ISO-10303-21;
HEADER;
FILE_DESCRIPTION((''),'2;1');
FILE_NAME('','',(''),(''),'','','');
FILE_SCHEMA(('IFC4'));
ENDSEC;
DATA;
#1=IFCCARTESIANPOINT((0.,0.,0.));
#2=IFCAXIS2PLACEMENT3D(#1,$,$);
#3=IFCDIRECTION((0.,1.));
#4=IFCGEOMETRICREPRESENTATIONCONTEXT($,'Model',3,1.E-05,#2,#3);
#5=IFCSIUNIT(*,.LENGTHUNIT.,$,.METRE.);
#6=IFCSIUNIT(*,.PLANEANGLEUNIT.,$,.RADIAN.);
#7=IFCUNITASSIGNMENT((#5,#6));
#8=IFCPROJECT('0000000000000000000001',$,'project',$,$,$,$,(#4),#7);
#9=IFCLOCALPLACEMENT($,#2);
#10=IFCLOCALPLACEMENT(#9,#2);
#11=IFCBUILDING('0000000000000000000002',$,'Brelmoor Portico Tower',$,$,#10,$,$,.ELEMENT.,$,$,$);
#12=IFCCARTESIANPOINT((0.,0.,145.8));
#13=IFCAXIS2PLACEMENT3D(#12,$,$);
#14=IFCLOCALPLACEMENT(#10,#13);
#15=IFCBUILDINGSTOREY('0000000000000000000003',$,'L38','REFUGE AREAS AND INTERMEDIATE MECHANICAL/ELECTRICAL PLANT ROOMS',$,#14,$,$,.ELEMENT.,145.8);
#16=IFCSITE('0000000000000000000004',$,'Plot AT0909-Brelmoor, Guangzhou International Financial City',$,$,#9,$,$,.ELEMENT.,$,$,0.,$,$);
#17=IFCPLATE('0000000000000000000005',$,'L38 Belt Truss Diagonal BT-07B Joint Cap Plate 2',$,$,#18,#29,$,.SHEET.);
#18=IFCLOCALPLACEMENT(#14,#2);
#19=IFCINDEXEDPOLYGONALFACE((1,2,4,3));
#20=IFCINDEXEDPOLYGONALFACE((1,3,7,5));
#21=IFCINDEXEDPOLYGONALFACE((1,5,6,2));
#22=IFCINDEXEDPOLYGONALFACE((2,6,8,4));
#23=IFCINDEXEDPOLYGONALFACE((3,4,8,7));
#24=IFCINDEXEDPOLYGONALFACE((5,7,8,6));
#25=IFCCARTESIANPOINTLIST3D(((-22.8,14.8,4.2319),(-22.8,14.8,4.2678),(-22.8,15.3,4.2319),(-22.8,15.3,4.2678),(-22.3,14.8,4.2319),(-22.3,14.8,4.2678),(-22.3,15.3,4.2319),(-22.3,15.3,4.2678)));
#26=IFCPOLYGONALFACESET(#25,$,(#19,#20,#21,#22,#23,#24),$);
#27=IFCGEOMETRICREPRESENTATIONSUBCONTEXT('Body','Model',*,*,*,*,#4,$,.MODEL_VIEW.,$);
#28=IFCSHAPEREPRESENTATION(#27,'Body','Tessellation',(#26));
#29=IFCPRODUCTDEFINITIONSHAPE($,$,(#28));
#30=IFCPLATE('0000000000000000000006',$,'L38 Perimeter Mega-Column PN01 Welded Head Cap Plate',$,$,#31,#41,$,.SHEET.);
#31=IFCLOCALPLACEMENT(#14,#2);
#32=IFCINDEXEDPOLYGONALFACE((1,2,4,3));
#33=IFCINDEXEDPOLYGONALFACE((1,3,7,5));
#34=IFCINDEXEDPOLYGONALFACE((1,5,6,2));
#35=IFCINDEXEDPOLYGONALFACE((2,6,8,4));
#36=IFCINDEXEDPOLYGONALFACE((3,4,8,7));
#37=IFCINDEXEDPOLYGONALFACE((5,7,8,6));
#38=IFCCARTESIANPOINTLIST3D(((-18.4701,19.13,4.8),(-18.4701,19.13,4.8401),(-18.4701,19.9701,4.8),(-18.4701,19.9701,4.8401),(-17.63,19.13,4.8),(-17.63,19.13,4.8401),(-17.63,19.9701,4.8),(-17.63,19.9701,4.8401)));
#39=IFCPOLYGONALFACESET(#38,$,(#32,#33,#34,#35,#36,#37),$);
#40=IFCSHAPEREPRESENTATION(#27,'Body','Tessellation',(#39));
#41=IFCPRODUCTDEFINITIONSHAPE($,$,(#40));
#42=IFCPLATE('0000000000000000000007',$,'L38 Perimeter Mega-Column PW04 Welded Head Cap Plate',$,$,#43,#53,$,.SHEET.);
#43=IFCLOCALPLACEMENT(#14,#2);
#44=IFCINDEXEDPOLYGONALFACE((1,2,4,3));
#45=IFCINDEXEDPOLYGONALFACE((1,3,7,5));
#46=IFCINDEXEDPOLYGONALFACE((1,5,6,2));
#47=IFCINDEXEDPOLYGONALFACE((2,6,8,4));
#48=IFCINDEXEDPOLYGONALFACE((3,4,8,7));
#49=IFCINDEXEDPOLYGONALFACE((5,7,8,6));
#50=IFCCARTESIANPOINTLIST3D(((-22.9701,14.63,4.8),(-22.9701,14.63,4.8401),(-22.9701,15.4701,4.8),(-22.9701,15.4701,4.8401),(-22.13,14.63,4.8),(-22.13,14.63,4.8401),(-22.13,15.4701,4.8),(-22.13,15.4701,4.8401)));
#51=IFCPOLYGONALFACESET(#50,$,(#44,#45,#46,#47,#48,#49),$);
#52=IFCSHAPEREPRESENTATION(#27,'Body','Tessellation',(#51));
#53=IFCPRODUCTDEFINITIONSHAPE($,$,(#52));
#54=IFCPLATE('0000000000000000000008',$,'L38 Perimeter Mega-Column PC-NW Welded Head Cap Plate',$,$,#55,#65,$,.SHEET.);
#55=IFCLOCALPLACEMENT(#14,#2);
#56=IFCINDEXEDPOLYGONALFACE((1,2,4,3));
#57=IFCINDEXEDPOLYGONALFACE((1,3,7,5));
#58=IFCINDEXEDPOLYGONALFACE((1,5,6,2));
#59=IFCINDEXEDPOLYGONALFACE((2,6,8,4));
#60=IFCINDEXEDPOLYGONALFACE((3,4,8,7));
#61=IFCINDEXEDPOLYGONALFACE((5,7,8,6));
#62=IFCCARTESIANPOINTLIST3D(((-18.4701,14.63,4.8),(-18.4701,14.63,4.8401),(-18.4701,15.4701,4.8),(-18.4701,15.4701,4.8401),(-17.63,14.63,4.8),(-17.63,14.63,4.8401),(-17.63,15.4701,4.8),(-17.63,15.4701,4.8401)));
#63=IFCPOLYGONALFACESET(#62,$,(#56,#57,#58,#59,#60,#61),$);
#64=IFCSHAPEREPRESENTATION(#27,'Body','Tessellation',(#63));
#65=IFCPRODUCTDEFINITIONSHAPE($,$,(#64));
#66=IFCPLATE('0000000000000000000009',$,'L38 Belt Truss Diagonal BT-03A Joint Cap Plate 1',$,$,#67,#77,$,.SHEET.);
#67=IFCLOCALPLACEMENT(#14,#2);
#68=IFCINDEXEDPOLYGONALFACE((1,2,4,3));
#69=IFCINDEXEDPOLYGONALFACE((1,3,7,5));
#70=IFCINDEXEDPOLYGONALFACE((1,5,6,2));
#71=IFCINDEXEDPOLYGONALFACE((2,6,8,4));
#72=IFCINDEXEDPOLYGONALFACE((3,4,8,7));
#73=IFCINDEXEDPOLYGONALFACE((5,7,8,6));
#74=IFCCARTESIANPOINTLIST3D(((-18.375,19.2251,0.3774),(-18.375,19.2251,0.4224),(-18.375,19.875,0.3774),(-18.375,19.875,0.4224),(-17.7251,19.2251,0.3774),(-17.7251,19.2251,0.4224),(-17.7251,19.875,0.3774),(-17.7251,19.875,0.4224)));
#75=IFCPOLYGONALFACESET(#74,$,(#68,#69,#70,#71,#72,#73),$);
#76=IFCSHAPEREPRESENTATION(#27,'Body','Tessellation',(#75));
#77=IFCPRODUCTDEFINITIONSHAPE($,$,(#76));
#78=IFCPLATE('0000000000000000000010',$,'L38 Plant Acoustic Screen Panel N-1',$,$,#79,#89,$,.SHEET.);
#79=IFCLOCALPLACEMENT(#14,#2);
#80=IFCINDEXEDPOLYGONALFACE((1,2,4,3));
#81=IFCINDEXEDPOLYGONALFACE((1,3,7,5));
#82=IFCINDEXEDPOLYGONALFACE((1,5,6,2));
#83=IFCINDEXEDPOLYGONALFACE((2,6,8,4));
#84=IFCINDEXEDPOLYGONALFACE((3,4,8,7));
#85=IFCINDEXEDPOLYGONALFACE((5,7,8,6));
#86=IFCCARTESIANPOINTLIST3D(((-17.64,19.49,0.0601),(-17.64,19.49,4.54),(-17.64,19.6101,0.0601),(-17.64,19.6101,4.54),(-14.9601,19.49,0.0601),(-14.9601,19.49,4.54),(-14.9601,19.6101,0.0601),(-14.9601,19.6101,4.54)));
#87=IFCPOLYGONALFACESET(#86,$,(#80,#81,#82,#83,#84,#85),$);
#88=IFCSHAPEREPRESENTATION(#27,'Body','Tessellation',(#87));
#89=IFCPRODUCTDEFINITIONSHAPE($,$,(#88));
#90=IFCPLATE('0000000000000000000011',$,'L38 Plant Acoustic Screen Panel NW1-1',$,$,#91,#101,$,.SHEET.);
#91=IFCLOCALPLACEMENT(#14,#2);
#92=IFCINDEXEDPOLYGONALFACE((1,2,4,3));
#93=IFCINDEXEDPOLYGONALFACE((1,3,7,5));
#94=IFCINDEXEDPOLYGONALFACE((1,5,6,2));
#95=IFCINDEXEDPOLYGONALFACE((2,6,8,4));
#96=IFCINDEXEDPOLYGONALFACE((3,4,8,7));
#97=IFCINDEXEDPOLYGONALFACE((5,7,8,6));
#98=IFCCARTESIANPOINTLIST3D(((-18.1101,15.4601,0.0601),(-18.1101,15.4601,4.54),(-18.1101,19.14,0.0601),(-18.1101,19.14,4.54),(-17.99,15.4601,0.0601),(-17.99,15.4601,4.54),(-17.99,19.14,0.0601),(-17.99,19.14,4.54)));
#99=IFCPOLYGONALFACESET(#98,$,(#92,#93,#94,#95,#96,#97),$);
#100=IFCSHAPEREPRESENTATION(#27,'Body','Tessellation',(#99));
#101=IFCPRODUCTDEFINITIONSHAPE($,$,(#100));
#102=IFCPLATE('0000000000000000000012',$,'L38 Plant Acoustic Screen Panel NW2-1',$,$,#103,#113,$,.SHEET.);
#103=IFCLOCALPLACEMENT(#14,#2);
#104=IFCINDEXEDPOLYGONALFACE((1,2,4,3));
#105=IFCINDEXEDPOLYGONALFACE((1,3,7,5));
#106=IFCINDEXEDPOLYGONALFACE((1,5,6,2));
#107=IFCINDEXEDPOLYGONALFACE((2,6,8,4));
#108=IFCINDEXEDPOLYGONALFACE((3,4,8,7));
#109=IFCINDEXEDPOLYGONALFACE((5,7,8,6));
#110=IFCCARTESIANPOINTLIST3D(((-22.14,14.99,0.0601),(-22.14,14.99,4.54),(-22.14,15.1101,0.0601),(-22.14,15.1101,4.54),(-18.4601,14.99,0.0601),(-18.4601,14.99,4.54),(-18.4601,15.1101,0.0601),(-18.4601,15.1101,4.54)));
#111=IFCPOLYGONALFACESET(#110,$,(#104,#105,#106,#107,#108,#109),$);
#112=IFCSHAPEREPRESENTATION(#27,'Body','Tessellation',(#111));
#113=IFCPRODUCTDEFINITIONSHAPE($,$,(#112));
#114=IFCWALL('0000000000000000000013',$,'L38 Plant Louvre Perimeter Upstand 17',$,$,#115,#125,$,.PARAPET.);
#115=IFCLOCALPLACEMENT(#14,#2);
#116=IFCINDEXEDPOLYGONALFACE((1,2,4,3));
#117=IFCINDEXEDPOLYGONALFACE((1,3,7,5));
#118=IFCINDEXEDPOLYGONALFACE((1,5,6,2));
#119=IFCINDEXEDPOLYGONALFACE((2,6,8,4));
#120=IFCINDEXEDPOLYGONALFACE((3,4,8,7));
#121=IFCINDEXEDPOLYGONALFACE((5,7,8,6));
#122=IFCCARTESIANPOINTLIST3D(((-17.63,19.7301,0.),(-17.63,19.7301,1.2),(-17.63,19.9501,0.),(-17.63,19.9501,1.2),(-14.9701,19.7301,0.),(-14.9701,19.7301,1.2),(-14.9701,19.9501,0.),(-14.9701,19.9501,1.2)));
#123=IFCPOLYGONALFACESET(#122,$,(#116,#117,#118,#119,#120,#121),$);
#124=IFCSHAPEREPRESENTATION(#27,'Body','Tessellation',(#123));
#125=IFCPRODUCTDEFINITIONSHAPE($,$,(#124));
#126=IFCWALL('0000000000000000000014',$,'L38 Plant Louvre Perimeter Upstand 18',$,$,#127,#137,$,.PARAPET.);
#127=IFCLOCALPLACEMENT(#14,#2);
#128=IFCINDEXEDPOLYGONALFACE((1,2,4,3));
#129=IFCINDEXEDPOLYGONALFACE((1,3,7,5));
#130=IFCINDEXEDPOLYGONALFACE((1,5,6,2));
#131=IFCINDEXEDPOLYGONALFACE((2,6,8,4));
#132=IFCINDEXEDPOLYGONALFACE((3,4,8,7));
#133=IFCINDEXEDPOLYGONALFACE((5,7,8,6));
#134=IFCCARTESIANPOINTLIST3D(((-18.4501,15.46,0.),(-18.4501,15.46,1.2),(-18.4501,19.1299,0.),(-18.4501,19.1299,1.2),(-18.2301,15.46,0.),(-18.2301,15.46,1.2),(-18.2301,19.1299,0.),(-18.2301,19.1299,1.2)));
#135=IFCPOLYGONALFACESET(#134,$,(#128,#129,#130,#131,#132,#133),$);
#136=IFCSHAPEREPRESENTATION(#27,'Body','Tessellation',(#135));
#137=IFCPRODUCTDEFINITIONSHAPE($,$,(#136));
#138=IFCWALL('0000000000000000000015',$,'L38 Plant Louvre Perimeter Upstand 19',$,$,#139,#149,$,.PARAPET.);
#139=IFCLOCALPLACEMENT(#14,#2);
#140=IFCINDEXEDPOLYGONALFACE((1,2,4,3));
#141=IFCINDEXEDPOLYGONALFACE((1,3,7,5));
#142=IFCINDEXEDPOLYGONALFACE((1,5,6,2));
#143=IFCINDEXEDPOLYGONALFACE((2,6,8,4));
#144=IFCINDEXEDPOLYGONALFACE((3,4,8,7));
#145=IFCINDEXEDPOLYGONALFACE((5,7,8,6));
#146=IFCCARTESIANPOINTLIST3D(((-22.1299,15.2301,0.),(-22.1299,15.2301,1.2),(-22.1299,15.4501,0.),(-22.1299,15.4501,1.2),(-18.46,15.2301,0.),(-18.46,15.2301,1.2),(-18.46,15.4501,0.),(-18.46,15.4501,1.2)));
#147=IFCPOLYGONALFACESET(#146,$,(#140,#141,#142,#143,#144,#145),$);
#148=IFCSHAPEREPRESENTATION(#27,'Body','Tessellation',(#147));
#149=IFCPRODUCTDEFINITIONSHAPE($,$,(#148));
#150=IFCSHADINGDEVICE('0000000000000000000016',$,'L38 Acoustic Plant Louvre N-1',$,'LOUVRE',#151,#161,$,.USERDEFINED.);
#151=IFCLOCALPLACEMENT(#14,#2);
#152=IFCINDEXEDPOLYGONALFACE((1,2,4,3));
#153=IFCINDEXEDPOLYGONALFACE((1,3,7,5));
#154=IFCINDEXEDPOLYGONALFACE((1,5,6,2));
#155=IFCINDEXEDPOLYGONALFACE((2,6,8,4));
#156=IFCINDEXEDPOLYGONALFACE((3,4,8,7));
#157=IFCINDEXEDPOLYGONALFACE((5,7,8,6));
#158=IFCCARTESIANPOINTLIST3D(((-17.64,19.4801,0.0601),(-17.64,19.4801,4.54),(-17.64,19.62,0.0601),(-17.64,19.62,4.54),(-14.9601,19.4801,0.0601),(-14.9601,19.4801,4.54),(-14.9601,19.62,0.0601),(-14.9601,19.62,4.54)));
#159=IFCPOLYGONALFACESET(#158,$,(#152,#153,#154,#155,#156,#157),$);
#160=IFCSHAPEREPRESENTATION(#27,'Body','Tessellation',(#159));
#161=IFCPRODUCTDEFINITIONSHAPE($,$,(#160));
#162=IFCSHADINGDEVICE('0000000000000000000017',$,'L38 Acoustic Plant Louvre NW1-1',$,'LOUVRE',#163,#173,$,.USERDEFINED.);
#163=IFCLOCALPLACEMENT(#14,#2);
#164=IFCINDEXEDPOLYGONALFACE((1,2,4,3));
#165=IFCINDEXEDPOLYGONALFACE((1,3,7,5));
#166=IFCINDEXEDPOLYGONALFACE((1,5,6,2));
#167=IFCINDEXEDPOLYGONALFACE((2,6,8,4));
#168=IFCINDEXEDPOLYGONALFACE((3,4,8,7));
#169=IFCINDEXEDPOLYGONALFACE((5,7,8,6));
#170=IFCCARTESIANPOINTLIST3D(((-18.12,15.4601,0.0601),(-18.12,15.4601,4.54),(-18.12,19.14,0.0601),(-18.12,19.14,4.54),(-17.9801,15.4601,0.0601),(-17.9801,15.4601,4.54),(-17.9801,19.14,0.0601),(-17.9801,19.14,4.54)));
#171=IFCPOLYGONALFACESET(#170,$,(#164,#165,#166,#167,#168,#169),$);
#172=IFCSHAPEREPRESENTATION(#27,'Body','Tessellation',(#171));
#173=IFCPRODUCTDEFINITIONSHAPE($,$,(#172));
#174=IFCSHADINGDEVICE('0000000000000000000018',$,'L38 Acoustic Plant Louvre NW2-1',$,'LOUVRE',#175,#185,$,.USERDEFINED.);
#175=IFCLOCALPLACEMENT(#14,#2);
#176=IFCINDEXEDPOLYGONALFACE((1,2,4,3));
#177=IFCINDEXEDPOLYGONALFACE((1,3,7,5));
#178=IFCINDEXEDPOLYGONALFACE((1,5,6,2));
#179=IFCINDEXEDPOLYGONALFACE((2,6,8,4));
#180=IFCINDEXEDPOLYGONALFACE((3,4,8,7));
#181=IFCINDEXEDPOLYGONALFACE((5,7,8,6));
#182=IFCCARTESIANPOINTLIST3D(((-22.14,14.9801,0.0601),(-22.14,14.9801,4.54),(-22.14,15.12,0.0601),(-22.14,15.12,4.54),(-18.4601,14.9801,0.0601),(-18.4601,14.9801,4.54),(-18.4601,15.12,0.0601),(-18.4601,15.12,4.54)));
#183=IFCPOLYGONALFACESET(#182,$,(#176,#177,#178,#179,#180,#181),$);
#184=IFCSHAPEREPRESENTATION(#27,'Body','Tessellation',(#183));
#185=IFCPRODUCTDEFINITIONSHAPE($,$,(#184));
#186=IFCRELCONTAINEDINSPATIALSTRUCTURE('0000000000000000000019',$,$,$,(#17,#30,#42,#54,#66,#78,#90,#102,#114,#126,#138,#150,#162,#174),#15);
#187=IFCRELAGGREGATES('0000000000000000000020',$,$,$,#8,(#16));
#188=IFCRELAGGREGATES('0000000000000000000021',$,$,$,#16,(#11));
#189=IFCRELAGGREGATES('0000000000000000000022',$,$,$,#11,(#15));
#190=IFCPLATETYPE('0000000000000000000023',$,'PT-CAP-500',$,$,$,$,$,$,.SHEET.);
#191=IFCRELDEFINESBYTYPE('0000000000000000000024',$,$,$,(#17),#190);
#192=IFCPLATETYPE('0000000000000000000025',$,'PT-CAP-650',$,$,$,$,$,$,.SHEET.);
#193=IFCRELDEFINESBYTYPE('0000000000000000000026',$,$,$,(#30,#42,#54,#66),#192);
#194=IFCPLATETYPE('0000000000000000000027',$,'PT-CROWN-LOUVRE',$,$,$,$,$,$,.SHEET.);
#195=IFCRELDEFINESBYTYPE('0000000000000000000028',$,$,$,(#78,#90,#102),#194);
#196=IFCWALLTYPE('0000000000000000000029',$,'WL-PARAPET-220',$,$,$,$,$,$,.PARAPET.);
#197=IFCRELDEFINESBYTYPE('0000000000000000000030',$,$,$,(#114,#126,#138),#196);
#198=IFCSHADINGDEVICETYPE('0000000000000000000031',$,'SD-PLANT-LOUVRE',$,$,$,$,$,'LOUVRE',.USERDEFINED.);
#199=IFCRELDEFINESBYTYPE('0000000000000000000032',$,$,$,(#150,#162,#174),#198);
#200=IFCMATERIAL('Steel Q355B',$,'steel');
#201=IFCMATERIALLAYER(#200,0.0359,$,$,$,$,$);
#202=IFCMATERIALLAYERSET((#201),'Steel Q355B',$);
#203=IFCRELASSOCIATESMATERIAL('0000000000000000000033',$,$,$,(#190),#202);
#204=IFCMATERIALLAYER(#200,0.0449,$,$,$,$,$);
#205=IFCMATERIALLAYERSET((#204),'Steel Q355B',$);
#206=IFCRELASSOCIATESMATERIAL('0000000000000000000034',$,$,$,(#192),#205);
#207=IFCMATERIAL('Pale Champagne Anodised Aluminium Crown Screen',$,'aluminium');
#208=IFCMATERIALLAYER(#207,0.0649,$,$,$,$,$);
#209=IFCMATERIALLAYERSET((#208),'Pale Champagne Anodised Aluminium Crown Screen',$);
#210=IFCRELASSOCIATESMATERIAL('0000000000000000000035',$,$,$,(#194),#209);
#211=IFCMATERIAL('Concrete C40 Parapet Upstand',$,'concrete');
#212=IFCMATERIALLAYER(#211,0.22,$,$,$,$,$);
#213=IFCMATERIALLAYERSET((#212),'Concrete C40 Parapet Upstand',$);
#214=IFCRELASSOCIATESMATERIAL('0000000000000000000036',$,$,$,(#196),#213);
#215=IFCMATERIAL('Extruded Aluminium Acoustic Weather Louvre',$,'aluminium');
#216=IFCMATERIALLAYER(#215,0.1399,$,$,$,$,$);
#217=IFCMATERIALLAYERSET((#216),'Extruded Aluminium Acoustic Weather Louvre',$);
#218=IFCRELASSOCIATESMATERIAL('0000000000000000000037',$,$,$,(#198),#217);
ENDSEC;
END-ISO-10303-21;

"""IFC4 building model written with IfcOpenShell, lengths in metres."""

from ifc_helpers import new_model, si_unit, direction, frame, frame_2d, origin, origin_2d, place, context, subcontext, project, spatial, rectangle, extrude, material, layer, layer_set, type_object, element, save


model = new_model("IFC4")

# Units and contexts
model_context = context("Model", 3, precision=1e-05, world=origin(), true_north=direction((0.0, 1.0)))
body_context = subcontext(model_context, "Body", "Model", "MODEL_VIEW")
ifc_project = project(units=[si_unit("LENGTHUNIT", "METRE"), si_unit("PLANEANGLEUNIT", "RADIAN")], contexts=[model_context])

# Site, building, storey
site_placement = place(None, origin())
site = spatial("IfcSite", under=ifc_project, at=site_placement, Name="Plot AT0909-Brelmoor, Guangzhou International Financial City", CompositionType="ELEMENT", RefElevation=0.0)
building_placement = place(site_placement, origin())
building = spatial("IfcBuilding", under=site, at=building_placement, Name="Brelmoor Portico Tower", CompositionType="ELEMENT")
storey_placement = place(building_placement, frame((0.0, 0.0, 145.8)))
storey = spatial("IfcBuildingStorey", under=building, at=storey_placement, Name="L38", Description="REFUGE AREAS AND INTERMEDIATE MECHANICAL/ELECTRICAL PLANT ROOMS", CompositionType="ELEMENT", Elevation=145.8)

# Shared definitions
ifc_material_1 = material(Name="Steel Q355B", Category="steel")

# Plates
ifc_layer_1 = layer(ifc_material_1, 0.0359)
ifc_layer_set_1 = layer_set([ifc_layer_1], Name="Steel Q355B")
plate_type_1 = type_object("IfcPlateType", Name="PT-CAP-500", PredefinedType="SHEET", material=ifc_layer_set_1)
plate_1_placement = place(storey_placement, frame((-22.55, 15.05, 4.2319), z_axis=(0.0, 0.0, 1.0), x_axis=(1.0, 0.0, 0.0)))
element("IfcPlate", 1, at=plate_1_placement, inside=storey, type_object=plate_type_1, Name="L38 Belt Truss Diagonal BT-07B Joint Cap Plate 2", PredefinedType="SHEET", context=body_context, shape_type="SweptSolid", body=[
    extrude(rectangle(XDim=0.5, YDim=0.5, at=origin_2d()), origin(), (0.0, 0.0, 1.0), 0.0359),
])
ifc_layer_2 = layer(ifc_material_1, 0.0449)
ifc_layer_set_2 = layer_set([ifc_layer_2], Name="Steel Q355B")
plate_type_2 = type_object("IfcPlateType", Name="PT-CAP-650", PredefinedType="SHEET", material=ifc_layer_set_2)
for number, where, z_axis, x_axis, name in (
    (2, (-18.05, 19.55, 4.8), (0.0, 0.0, 1.0), (1.0, 0.0, 0.0), "L38 Perimeter Mega-Column PN01 Welded Head Cap Plate"),
    (3, (-22.55, 15.05, 4.8), (0.0, 0.0, 1.0), (0.0, 1.0, 0.0), "L38 Perimeter Mega-Column PW04 Welded Head Cap Plate"),
    (4, (-18.05, 15.05, 4.8), (0.0, 0.0, 1.0), (1.0, 0.0, 0.0), "L38 Perimeter Mega-Column PC-NW Welded Head Cap Plate"),
):
    element("IfcPlate", number, at=place(storey_placement, frame(where, z_axis=z_axis, x_axis=x_axis)), inside=storey, type_object=plate_type_2, Name=name, PredefinedType="SHEET", context=body_context, shape_type="SweptSolid", body=[
        extrude(rectangle(XDim=0.8401, YDim=0.8401, at=origin_2d()), origin(), (0.0, 0.0, 1.0), 0.04),
    ])
plate_2_placement = place(storey_placement, frame((-18.05, 19.55, 0.3774), z_axis=(0.0, 0.0, 1.0), x_axis=(1.0, 0.0, 0.0)))
element("IfcPlate", 5, at=plate_2_placement, inside=storey, type_object=plate_type_2, Name="L38 Belt Truss Diagonal BT-03A Joint Cap Plate 1", PredefinedType="SHEET", context=body_context, shape_type="SweptSolid", body=[
    extrude(rectangle(XDim=0.6499, YDim=0.6499, at=origin_2d()), origin(), (0.0, 0.0, 1.0), 0.0449),
])
ifc_material_2 = material(Name="Pale Champagne Anodised Aluminium Crown Screen", Category="aluminium")
ifc_layer_3 = layer(ifc_material_2, 0.0649)
ifc_layer_set_3 = layer_set([ifc_layer_3], Name="Pale Champagne Anodised Aluminium Crown Screen")
plate_type_3 = type_object("IfcPlateType", Name="PT-CROWN-LOUVRE", PredefinedType="SHEET", material=ifc_layer_set_3)
plate_3_placement = place(storey_placement, frame((-16.3, 19.55, 0.0601), z_axis=(0.0, 0.0, 1.0), x_axis=(1.0, 0.0, 0.0)))
element("IfcPlate", 6, at=plate_3_placement, inside=storey, type_object=plate_type_3, Name="L38 Plant Acoustic Screen Panel N-1", PredefinedType="SHEET", context=body_context, shape_type="SweptSolid", body=[
    extrude(rectangle(XDim=2.6799, YDim=0.1201, at=origin_2d()), origin(), (0.0, 0.0, 1.0), 4.48),
])
for number, where, z_axis, x_axis, name in (
    (7, (-18.05, 17.3, 0.0601), (0.0, 0.0, 1.0), (0.0, 1.0, 0.0), "L38 Plant Acoustic Screen Panel NW1-1"),
    (8, (-20.3, 15.05, 0.0601), (0.0, 0.0, 1.0), (1.0, 0.0, 0.0), "L38 Plant Acoustic Screen Panel NW2-1"),
):
    element("IfcPlate", number, at=place(storey_placement, frame(where, z_axis=z_axis, x_axis=x_axis)), inside=storey, type_object=plate_type_3, Name=name, PredefinedType="SHEET", context=body_context, shape_type="SweptSolid", body=[
        extrude(rectangle(XDim=3.6799, YDim=0.1201, at=origin_2d()), origin(), (0.0, 0.0, 1.0), 4.48),
    ])

# Walls
ifc_material_3 = material(Name="Concrete C40 Parapet Upstand", Category="concrete")
ifc_layer_4 = layer(ifc_material_3, 0.22)
ifc_layer_set_4 = layer_set([ifc_layer_4], Name="Concrete C40 Parapet Upstand")
wall_type = type_object("IfcWallType", Name="WL-PARAPET-220", PredefinedType="PARAPET", material=ifc_layer_set_4)
wall_placement = place(storey_placement, frame((-14.97, 19.8401, 0.0), z_axis=(0.0, 0.0, 1.0), x_axis=(-1.0, 0.0, 0.0)))
element("IfcWall", 9, at=wall_placement, inside=storey, type_object=wall_type, Name="L38 Plant Louvre Perimeter Upstand 17", PredefinedType="PARAPET", context=body_context, shape_type="SweptSolid", body=[
    extrude(rectangle(XDim=2.6599, YDim=0.22, at=frame_2d((1.3301, 0.0))), origin(), (0.0, 0.0, 1.0), 1.2),
])
for number, where, z_axis, x_axis, name in (
    (10, (-18.3401, 19.1299, 0.0), (0.0, 0.0, 1.0), (0.0, -1.0, 0.0), "L38 Plant Louvre Perimeter Upstand 18"),
    (11, (-18.46, 15.3401, 0.0), (0.0, 0.0, 1.0), (-1.0, 0.0, 0.0), "L38 Plant Louvre Perimeter Upstand 19"),
):
    element("IfcWall", number, at=place(storey_placement, frame(where, z_axis=z_axis, x_axis=x_axis)), inside=storey, type_object=wall_type, Name=name, PredefinedType="PARAPET", context=body_context, shape_type="SweptSolid", body=[
        extrude(rectangle(XDim=3.6699, YDim=0.22, at=frame_2d((1.835, 0.0))), origin(), (0.0, 0.0, 1.0), 1.2),
    ])

# Shading devices
ifc_material_4 = material(Name="Extruded Aluminium Acoustic Weather Louvre", Category="aluminium")
ifc_layer_5 = layer(ifc_material_4, 0.1399)
ifc_layer_set_5 = layer_set([ifc_layer_5], Name="Extruded Aluminium Acoustic Weather Louvre")
shading_device_type = type_object("IfcShadingDeviceType", Name="SD-PLANT-LOUVRE", ElementType="LOUVRE", PredefinedType="USERDEFINED", material=ifc_layer_set_5)
shading_device_placement = place(storey_placement, frame((-16.3, 19.55, 0.0601), z_axis=(0.0, 0.0, 1.0), x_axis=(1.0, 0.0, 0.0)))
element("IfcShadingDevice", 12, at=shading_device_placement, inside=storey, type_object=shading_device_type, Name="L38 Acoustic Plant Louvre N-1", ObjectType="LOUVRE", PredefinedType="USERDEFINED", context=body_context, shape_type="SweptSolid", body=[
    extrude(rectangle(XDim=2.6799, YDim=0.1399, at=origin_2d()), origin(), (0.0, 0.0, 1.0), 4.48),
])
for number, where, z_axis, x_axis, name in (
    (13, (-18.05, 17.3, 0.0601), (0.0, 0.0, 1.0), (0.0, 1.0, 0.0), "L38 Acoustic Plant Louvre NW1-1"),
    (14, (-20.3, 15.05, 0.0601), (0.0, 0.0, 1.0), (1.0, 0.0, 0.0), "L38 Acoustic Plant Louvre NW2-1"),
):
    element("IfcShadingDevice", number, at=place(storey_placement, frame(where, z_axis=z_axis, x_axis=x_axis)), inside=storey, type_object=shading_device_type, Name=name, ObjectType="LOUVRE", PredefinedType="USERDEFINED", context=body_context, shape_type="SweptSolid", body=[
        extrude(rectangle(XDim=3.6799, YDim=0.1399, at=origin_2d()), origin(), (0.0, 0.0, 1.0), 4.48),
    ])

save(model, "model.ifc")
